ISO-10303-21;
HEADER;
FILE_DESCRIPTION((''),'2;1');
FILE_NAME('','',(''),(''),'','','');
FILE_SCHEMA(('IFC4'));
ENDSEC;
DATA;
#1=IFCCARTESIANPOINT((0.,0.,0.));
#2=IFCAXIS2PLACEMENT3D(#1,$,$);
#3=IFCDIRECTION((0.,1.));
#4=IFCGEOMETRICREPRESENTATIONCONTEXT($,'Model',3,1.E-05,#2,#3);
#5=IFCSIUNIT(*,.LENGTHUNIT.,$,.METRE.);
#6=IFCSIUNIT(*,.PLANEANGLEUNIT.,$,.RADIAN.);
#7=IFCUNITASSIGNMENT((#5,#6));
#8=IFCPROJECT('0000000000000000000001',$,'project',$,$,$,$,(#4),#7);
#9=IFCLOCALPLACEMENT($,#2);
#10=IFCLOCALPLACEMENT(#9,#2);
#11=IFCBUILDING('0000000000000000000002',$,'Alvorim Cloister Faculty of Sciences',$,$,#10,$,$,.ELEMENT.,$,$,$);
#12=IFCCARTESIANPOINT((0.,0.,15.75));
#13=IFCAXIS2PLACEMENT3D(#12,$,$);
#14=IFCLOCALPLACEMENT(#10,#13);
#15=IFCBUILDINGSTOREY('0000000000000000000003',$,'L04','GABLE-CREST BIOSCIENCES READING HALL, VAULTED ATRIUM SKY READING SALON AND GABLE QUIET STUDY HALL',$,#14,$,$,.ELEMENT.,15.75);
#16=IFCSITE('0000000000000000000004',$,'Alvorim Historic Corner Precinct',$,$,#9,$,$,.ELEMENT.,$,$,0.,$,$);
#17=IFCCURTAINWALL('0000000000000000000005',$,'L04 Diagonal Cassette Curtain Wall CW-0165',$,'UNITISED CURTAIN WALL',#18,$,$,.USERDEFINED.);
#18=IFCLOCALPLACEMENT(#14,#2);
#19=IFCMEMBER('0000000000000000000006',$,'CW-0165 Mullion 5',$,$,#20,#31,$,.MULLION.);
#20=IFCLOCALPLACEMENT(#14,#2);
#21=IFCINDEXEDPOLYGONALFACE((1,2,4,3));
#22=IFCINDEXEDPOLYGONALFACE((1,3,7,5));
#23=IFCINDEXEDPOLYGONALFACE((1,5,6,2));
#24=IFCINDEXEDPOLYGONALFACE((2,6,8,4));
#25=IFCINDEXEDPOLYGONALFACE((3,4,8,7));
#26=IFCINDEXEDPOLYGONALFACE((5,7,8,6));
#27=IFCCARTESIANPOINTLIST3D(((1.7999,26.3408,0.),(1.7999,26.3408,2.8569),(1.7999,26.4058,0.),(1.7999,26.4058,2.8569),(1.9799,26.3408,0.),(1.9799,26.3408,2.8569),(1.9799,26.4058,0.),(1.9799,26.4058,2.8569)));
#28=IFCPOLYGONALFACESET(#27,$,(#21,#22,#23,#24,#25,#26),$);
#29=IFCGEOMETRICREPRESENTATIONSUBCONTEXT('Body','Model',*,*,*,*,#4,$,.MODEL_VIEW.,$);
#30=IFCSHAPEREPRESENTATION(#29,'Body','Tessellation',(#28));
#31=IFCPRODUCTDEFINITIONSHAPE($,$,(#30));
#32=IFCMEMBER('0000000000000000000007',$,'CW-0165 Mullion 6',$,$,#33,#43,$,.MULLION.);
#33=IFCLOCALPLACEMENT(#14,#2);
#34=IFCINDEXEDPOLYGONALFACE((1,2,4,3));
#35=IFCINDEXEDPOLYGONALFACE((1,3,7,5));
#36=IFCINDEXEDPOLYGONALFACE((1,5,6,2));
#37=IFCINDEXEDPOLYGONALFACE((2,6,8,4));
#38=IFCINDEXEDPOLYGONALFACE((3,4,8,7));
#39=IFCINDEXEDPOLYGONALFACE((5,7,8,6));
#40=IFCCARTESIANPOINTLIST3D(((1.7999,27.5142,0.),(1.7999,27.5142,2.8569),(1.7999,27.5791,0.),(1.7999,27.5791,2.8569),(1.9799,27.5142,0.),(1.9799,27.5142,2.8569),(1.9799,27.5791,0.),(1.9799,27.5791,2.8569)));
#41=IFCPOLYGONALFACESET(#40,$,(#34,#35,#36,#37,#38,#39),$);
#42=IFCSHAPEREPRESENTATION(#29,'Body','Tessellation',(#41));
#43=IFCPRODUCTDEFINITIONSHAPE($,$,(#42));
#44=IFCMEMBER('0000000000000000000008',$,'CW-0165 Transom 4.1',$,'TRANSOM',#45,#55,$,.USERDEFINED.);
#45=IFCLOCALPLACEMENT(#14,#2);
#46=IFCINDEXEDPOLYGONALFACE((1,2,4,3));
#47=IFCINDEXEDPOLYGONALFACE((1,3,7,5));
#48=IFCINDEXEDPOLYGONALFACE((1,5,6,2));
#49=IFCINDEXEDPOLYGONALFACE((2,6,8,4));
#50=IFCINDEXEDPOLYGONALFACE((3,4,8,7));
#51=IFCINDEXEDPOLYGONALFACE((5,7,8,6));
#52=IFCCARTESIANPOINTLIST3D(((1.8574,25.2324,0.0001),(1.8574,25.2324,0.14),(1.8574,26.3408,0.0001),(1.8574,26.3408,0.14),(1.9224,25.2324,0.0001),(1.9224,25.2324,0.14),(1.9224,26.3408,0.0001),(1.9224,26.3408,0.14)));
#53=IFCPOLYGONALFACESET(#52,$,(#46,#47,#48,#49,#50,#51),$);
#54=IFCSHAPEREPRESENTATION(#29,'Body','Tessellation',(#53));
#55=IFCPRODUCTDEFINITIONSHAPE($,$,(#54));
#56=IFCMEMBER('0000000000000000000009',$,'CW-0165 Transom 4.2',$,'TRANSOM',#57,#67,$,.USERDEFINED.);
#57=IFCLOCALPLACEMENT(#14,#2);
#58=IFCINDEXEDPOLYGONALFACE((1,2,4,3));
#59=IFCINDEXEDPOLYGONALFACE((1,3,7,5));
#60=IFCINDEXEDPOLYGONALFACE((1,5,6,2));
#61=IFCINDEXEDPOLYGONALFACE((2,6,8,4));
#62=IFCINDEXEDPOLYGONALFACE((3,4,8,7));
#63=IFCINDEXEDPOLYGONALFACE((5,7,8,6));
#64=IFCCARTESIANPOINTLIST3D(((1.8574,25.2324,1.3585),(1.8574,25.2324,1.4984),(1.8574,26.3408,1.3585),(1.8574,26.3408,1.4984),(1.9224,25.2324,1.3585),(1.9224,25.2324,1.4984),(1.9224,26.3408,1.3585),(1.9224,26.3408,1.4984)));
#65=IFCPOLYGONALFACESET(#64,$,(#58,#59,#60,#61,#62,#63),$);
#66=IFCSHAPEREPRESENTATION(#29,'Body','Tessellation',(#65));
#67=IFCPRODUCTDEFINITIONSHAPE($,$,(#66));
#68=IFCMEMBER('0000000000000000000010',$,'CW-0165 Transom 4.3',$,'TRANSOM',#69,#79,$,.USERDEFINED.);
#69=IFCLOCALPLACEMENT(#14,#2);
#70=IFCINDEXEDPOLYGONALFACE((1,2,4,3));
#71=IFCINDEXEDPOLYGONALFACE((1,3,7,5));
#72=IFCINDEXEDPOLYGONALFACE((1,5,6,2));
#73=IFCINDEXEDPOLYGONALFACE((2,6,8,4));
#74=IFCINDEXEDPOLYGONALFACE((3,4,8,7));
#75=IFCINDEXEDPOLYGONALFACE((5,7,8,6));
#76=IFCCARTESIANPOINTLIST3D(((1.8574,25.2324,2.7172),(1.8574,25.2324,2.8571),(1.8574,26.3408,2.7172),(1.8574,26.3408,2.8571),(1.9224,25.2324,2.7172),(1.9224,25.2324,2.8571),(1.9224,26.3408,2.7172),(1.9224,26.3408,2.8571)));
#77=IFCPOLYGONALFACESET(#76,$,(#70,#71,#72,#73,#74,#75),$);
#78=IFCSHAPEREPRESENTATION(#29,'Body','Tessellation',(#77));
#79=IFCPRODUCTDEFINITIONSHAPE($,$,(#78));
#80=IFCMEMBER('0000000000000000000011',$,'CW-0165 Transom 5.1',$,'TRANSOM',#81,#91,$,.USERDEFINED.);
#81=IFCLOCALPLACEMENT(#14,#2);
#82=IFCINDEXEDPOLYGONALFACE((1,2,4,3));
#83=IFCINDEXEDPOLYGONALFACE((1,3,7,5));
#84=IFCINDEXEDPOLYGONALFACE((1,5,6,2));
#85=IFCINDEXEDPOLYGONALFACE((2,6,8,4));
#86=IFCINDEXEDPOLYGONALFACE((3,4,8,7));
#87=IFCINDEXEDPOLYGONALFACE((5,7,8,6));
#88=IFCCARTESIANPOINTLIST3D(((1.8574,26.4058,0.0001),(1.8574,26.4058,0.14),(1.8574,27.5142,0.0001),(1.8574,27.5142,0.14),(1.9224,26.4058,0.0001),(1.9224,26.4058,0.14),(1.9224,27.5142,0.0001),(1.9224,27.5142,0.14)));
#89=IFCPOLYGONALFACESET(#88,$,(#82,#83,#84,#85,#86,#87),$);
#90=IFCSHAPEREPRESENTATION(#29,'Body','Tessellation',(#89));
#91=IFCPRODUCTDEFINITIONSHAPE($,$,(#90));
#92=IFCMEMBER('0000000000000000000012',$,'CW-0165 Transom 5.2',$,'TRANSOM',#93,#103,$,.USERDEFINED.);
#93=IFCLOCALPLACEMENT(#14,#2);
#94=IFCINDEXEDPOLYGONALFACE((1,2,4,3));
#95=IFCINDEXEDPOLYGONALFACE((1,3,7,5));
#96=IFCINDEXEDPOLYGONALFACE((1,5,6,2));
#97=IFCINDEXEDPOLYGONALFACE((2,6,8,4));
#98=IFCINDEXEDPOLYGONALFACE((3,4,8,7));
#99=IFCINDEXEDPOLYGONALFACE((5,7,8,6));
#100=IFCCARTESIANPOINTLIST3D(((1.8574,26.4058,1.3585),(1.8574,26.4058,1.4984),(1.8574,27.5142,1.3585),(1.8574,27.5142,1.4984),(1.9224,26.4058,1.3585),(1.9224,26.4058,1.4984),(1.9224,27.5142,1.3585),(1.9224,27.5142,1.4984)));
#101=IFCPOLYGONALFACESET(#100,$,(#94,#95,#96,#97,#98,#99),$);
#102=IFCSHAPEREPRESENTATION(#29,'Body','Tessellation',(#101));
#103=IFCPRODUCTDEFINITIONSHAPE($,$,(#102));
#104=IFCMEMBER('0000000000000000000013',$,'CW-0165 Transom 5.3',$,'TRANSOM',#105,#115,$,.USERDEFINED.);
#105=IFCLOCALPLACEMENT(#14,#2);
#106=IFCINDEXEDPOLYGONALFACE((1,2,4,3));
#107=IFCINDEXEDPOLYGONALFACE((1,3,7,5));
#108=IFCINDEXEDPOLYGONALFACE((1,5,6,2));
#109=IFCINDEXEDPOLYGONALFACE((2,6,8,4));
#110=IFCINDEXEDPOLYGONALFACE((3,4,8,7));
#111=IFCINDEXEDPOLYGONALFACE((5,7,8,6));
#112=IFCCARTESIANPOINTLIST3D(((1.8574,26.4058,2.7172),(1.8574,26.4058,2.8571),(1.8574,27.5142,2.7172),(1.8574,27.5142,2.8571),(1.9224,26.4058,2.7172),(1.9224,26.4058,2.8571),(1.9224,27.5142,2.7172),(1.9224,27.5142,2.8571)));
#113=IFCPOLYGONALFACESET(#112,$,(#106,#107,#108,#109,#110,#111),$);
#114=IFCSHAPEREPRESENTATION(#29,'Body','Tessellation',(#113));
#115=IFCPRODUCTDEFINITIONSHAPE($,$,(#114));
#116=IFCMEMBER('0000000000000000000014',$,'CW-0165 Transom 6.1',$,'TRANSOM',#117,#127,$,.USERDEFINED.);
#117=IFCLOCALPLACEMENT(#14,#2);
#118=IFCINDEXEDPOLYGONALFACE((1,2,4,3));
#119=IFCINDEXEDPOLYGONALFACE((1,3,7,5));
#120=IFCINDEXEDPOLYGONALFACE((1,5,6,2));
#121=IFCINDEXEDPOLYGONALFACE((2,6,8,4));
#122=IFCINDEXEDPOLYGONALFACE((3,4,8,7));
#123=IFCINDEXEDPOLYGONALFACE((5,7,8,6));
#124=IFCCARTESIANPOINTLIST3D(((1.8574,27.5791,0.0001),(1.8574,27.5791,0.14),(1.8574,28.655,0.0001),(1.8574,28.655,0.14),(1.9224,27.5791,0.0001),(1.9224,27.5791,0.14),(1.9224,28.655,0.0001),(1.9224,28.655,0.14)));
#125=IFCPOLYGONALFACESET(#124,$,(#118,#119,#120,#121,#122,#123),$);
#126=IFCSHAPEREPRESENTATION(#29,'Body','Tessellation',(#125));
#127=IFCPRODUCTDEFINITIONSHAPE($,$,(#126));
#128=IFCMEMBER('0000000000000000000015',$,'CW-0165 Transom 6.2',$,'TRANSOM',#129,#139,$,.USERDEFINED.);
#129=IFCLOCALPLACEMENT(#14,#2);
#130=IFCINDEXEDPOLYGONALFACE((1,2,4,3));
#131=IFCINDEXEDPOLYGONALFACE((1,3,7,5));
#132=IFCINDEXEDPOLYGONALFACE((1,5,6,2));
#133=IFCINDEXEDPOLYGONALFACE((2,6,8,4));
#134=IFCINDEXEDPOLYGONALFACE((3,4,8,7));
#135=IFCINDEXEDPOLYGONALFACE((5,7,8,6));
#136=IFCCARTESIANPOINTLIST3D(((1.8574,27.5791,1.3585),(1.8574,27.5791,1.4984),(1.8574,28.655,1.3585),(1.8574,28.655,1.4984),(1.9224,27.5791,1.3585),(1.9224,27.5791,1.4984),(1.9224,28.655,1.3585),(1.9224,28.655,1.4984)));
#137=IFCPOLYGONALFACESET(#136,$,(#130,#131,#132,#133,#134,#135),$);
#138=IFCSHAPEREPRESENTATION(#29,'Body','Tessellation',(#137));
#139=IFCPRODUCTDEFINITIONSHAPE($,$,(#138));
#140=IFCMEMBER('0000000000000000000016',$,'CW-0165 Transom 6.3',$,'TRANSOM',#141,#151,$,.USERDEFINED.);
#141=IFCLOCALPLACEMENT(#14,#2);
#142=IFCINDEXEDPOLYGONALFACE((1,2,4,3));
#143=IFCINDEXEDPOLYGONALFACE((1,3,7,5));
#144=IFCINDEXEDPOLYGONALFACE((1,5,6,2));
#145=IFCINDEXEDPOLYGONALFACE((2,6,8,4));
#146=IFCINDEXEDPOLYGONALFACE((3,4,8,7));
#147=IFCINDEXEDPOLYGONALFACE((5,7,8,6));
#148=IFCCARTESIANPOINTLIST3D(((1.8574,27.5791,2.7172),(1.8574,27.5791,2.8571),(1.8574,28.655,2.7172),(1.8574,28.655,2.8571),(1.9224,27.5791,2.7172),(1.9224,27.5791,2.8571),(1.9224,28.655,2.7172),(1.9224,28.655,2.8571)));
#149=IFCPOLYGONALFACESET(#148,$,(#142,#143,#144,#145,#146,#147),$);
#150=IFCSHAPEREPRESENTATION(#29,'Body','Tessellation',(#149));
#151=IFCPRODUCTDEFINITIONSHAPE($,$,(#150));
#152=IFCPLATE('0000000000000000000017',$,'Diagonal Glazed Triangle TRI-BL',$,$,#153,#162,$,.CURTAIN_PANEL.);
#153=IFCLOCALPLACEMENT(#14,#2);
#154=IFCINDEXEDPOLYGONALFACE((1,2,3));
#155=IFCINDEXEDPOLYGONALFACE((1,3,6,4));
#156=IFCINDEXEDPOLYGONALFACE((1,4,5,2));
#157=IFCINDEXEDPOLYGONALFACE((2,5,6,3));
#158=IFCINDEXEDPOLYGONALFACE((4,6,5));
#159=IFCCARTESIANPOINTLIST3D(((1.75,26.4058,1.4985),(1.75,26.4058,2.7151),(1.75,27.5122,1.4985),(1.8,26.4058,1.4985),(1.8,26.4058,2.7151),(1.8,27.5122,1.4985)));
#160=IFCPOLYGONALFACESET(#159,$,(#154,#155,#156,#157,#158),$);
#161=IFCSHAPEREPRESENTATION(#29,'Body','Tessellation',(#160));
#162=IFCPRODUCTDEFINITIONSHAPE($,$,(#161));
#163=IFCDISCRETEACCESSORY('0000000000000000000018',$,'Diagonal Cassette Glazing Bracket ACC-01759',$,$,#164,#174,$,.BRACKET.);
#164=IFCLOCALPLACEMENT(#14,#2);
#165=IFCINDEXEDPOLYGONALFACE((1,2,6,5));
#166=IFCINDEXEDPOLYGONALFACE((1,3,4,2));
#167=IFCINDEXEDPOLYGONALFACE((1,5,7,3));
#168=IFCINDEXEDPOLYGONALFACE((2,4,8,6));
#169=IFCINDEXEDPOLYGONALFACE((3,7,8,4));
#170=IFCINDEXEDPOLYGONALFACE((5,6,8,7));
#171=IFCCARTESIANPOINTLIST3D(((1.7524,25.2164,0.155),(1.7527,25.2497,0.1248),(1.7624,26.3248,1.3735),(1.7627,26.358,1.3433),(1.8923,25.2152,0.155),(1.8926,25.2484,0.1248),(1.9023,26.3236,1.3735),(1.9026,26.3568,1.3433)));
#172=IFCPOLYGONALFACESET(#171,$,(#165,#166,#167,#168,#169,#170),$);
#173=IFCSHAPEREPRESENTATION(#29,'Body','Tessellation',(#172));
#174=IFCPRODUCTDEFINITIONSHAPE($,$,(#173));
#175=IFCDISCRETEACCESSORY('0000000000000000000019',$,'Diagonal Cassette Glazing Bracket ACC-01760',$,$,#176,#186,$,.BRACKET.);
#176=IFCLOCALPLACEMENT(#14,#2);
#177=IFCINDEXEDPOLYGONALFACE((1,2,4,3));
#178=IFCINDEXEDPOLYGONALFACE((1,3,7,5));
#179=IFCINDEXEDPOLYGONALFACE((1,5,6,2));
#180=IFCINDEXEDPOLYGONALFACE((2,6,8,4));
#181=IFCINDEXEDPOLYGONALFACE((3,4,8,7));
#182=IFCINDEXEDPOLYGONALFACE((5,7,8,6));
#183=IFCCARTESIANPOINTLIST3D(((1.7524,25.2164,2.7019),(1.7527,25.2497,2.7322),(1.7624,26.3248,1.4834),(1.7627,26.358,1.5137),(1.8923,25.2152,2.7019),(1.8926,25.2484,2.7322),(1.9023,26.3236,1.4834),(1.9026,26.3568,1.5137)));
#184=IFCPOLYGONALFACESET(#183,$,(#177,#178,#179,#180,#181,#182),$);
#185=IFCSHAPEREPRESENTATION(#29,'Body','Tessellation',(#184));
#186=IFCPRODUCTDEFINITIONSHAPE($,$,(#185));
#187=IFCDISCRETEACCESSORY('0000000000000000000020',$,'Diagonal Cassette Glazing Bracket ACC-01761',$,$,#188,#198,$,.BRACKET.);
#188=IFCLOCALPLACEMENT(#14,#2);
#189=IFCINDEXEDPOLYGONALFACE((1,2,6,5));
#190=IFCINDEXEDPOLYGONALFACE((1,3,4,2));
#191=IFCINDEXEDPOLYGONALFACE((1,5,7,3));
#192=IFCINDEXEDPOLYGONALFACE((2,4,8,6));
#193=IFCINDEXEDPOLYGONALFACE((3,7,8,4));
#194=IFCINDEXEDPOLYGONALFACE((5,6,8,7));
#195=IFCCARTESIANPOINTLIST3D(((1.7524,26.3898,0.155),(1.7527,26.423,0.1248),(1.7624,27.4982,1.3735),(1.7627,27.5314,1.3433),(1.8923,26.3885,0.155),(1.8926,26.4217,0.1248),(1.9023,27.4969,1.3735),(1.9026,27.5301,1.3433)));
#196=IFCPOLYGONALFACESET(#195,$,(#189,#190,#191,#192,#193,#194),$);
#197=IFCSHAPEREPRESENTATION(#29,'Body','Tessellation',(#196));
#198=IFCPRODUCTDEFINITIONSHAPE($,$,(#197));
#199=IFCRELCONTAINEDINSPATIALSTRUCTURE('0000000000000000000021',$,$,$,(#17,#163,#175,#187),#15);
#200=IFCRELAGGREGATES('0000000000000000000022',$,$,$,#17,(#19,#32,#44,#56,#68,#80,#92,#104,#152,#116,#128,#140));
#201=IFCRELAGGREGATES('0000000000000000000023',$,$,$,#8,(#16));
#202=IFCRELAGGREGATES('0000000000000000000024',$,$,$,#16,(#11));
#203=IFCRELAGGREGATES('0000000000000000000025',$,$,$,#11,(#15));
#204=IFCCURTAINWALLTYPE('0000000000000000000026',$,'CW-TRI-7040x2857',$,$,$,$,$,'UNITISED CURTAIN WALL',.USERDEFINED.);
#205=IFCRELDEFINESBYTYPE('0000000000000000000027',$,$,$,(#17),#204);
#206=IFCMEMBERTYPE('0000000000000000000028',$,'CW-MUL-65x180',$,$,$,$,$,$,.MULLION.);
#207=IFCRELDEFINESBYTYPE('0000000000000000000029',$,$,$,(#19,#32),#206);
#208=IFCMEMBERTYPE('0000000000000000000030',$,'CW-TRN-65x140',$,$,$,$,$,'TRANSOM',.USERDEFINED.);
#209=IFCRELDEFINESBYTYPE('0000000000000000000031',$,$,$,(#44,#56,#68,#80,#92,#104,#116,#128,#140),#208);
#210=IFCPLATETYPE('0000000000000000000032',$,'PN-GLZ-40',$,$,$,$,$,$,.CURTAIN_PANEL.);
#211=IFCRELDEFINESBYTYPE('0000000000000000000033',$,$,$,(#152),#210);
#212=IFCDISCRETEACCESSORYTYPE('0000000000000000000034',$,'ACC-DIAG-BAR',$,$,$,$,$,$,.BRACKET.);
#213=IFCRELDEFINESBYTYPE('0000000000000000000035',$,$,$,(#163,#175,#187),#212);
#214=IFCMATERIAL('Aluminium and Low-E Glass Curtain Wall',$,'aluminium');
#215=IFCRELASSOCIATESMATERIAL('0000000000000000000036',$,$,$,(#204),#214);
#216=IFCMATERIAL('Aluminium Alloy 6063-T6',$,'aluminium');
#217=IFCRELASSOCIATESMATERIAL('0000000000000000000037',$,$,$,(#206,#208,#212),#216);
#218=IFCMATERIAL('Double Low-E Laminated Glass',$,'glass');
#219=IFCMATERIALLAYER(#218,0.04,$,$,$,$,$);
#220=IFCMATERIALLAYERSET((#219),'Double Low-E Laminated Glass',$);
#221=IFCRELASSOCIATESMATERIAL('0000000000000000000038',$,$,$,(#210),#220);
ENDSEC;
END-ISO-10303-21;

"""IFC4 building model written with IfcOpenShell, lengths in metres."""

from ifc_helpers import new_model, si_unit, direction, frame, origin, origin_2d, place, context, subcontext, project, spatial, polyline, rectangle, outline, extrude, material, layer, layer_set, material_profile, profile_set, type_object, element, aggregate, save


model = new_model("IFC4")

# Units and contexts
model_context = context("Model", 3, precision=1e-05, world=origin(), true_north=direction((0.0, 1.0)))
body_context = subcontext(model_context, "Body", "Model", "MODEL_VIEW")
ifc_project = project(units=[si_unit("LENGTHUNIT", "METRE"), si_unit("PLANEANGLEUNIT", "RADIAN")], contexts=[model_context])

# Site, building, storey
site_placement = place(None, origin())
site = spatial("IfcSite", under=ifc_project, at=site_placement, Name="Alvorim Historic Corner Precinct", CompositionType="ELEMENT", RefElevation=0.0)
building_placement = place(site_placement, origin())
building = spatial("IfcBuilding", under=site, at=building_placement, Name="Alvorim Cloister Faculty of Sciences", CompositionType="ELEMENT")
storey_placement = place(building_placement, frame((0.0, 0.0, 15.75)))
storey = spatial("IfcBuildingStorey", under=building, at=storey_placement, Name="L04", Description="GABLE-CREST BIOSCIENCES READING HALL, VAULTED ATRIUM SKY READING SALON AND GABLE QUIET STUDY HALL", CompositionType="ELEMENT", Elevation=15.75)

# Curtain wall, members, plate
ifc_material_1 = material(Name="Aluminium and Low-E Glass Curtain Wall", Category="aluminium")
curtain_wall_type = type_object("IfcCurtainWallType", Name="CW-TRI-7040x2857", ElementType="UNITISED CURTAIN WALL", PredefinedType="USERDEFINED", material=ifc_material_1)
curtain_wall_placement = place(storey_placement, origin())
curtain_wall = element("IfcCurtainWall", 1, at=curtain_wall_placement, inside=storey, type_object=curtain_wall_type, Name="L04 Diagonal Cassette Curtain Wall CW-0165", ObjectType="UNITISED CURTAIN WALL", PredefinedType="USERDEFINED")
ifc_material_2 = material(Name="Aluminium Alloy 6063-T6", Category="aluminium")
ifc_material_profile_1 = material_profile(ifc_material_2, rectangle(XDim=0.0649, YDim=0.1799, at=origin_2d()), Name="ALU-MUL-65x180")
ifc_profile_set_1 = profile_set([ifc_material_profile_1], Name="Aluminium Alloy 6063-T6")
member_type_1 = type_object("IfcMemberType", Name="CW-MUL-65x180", PredefinedType="MULLION", material=ifc_profile_set_1)
member_1_placement = place(storey_placement, frame((1.8899, 26.3733, 0.0), z_axis=(0.0, 0.0, 1.0), x_axis=(0.0, 1.0, 0.0)))
member_1 = element("IfcMember", 2, at=member_1_placement, type_object=member_type_1, Name="CW-0165 Mullion 5", PredefinedType="MULLION", context=body_context, shape_type="SweptSolid", body=[
    extrude(rectangle(XDim=0.0649, YDim=0.1799, at=origin_2d()), origin(), (0.0, 0.0, 1.0), 2.8569),
])
member_2_placement = place(storey_placement, frame((1.8899, 27.5466, 0.0), z_axis=(0.0, 0.0, 1.0), x_axis=(0.0, 1.0, 0.0)))
member_2 = element("IfcMember", 3, at=member_2_placement, type_object=member_type_1, Name="CW-0165 Mullion 6", PredefinedType="MULLION", context=body_context, shape_type="SweptSolid", body=[
    extrude(rectangle(XDim=0.0649, YDim=0.1799, at=origin_2d()), origin(), (0.0, 0.0, 1.0), 2.8569),
])
ifc_material_profile_2 = material_profile(ifc_material_2, rectangle(XDim=0.0649, YDim=0.1399, at=origin_2d()), Name="ALU-TRN-65x140")
ifc_profile_set_2 = profile_set([ifc_material_profile_2], Name="Aluminium Alloy 6063-T6")
member_type_2 = type_object("IfcMemberType", Name="CW-TRN-65x140", ElementType="TRANSOM", PredefinedType="USERDEFINED", material=ifc_profile_set_2)
member_3_placement = place(storey_placement, frame((1.8899, 25.2324, 0.0701), z_axis=(0.0, 1.0, 0.0), x_axis=(-1.0, 0.0, 0.0)))
member_3 = element("IfcMember", 4, at=member_3_placement, type_object=member_type_2, Name="CW-0165 Transom 4.1", ObjectType="TRANSOM", PredefinedType="USERDEFINED", context=body_context, shape_type="SweptSolid", body=[
    extrude(rectangle(XDim=0.0649, YDim=0.1399, at=origin_2d()), origin(), (0.0, 0.0, 1.0), 1.1084),
])
member_4_placement = place(storey_placement, frame((1.8899, 25.2324, 1.4285), z_axis=(0.0, 1.0, 0.0), x_axis=(-1.0, 0.0, 0.0)))
member_4 = element("IfcMember", 5, at=member_4_placement, type_object=member_type_2, Name="CW-0165 Transom 4.2", ObjectType="TRANSOM", PredefinedType="USERDEFINED", context=body_context, shape_type="SweptSolid", body=[
    extrude(rectangle(XDim=0.0649, YDim=0.1399, at=origin_2d()), origin(), (0.0, 0.0, 1.0), 1.1084),
])
member_5_placement = place(storey_placement, frame((1.8899, 25.2324, 2.7871), z_axis=(0.0, 1.0, 0.0), x_axis=(-1.0, 0.0, 0.0)))
member_5 = element("IfcMember", 6, at=member_5_placement, type_object=member_type_2, Name="CW-0165 Transom 4.3", ObjectType="TRANSOM", PredefinedType="USERDEFINED", context=body_context, shape_type="SweptSolid", body=[
    extrude(rectangle(XDim=0.0649, YDim=0.1399, at=origin_2d()), origin(), (0.0, 0.0, 1.0), 1.1084),
])
member_6_placement = place(storey_placement, frame((1.8899, 26.4058, 0.0701), z_axis=(0.0, 1.0, 0.0), x_axis=(-1.0, 0.0, 0.0)))
member_6 = element("IfcMember", 7, at=member_6_placement, type_object=member_type_2, Name="CW-0165 Transom 5.1", ObjectType="TRANSOM", PredefinedType="USERDEFINED", context=body_context, shape_type="SweptSolid", body=[
    extrude(rectangle(XDim=0.0649, YDim=0.1399, at=origin_2d()), origin(), (0.0, 0.0, 1.0), 1.1084),
])
member_7_placement = place(storey_placement, frame((1.8899, 26.4058, 1.4285), z_axis=(0.0, 1.0, 0.0), x_axis=(-1.0, 0.0, 0.0)))
member_7 = element("IfcMember", 8, at=member_7_placement, type_object=member_type_2, Name="CW-0165 Transom 5.2", ObjectType="TRANSOM", PredefinedType="USERDEFINED", context=body_context, shape_type="SweptSolid", body=[
    extrude(rectangle(XDim=0.0649, YDim=0.1399, at=origin_2d()), origin(), (0.0, 0.0, 1.0), 1.1084),
])
member_8_placement = place(storey_placement, frame((1.8899, 26.4058, 2.7871), z_axis=(0.0, 1.0, 0.0), x_axis=(-1.0, 0.0, 0.0)))
member_8 = element("IfcMember", 9, at=member_8_placement, type_object=member_type_2, Name="CW-0165 Transom 5.3", ObjectType="TRANSOM", PredefinedType="USERDEFINED", context=body_context, shape_type="SweptSolid", body=[
    extrude(rectangle(XDim=0.0649, YDim=0.1399, at=origin_2d()), origin(), (0.0, 0.0, 1.0), 1.1084),
])
member_9_placement = place(storey_placement, frame((1.8899, 27.5791, 0.0701), z_axis=(0.0, 1.0, 0.0), x_axis=(-1.0, 0.0, 0.0)))
member_9 = element("IfcMember", 10, at=member_9_placement, type_object=member_type_2, Name="CW-0165 Transom 6.1", ObjectType="TRANSOM", PredefinedType="USERDEFINED", context=body_context, shape_type="SweptSolid", body=[
    extrude(rectangle(XDim=0.0649, YDim=0.1399, at=origin_2d()), origin(), (0.0, 0.0, 1.0), 1.0759),
])
member_10_placement = place(storey_placement, frame((1.8899, 27.5791, 1.4285), z_axis=(0.0, 1.0, 0.0), x_axis=(-1.0, 0.0, 0.0)))
member_10 = element("IfcMember", 11, at=member_10_placement, type_object=member_type_2, Name="CW-0165 Transom 6.2", ObjectType="TRANSOM", PredefinedType="USERDEFINED", context=body_context, shape_type="SweptSolid", body=[
    extrude(rectangle(XDim=0.0649, YDim=0.1399, at=origin_2d()), origin(), (0.0, 0.0, 1.0), 1.0759),
])
member_11_placement = place(storey_placement, frame((1.8899, 27.5791, 2.7871), z_axis=(0.0, 1.0, 0.0), x_axis=(-1.0, 0.0, 0.0)))
member_11 = element("IfcMember", 12, at=member_11_placement, type_object=member_type_2, Name="CW-0165 Transom 6.3", ObjectType="TRANSOM", PredefinedType="USERDEFINED", context=body_context, shape_type="SweptSolid", body=[
    extrude(rectangle(XDim=0.0649, YDim=0.1399, at=origin_2d()), origin(), (0.0, 0.0, 1.0), 1.0759),
])
ifc_material_3 = material(Name="Double Low-E Laminated Glass", Category="glass")
ifc_layer = layer(ifc_material_3, 0.04)
ifc_layer_set = layer_set([ifc_layer], Name="Double Low-E Laminated Glass")
plate_type = type_object("IfcPlateType", Name="PN-GLZ-40", PredefinedType="CURTAIN_PANEL", material=ifc_layer_set)
plate_1_placement = place(storey_placement, frame((1.7749, 26.4058, 1.4985), z_axis=(0.0, 0.0, 1.0), x_axis=(0.0, 1.0, 0.0)))
plate_1 = element("IfcPlate", 13, at=plate_1_placement, type_object=plate_type, Name="Diagonal Glazed Triangle TRI-BL", PredefinedType="CURTAIN_PANEL", context=body_context, shape_type="SweptSolid", body=[
    extrude(outline(polyline([(0.0, 0.0), (1.1064, 0.0), (0.0, 1.2166), (0.0, 0.0)])), frame((0.0, 0.0249, 0.0), z_axis=(0.0, -1.0, 0.0), x_axis=(1.0, 0.0, 0.0)), (0.0, 0.0, 1.0), 0.05),
])
aggregate(curtain_wall, [member_1, member_2, member_3, member_4, member_5, member_6, member_7, member_8, plate_1, member_9, member_10, member_11])

# Discrete accessories
discrete_accessory_type = type_object("IfcDiscreteAccessoryType", Name="ACC-DIAG-BAR", PredefinedType="BRACKET", material=ifc_material_2)
for number, where, z_axis, x_axis, name in (
    (14, (1.8225, 25.2324, 0.1399), (0.006077, 0.672882, 0.739725), (-0.999959, 0.00903, 0.0), "Diagonal Cassette Glazing Bracket ACC-01759"),
    (15, (1.8225, 25.2324, 2.717), (0.006077, 0.672882, -0.739725), (-0.999959, 0.00903, 0.0), "Diagonal Cassette Glazing Bracket ACC-01760"),
    (16, (1.8225, 26.4058, 0.1399), (0.006077, 0.672882, 0.739725), (-0.999959, 0.00903, 0.0), "Diagonal Cassette Glazing Bracket ACC-01761"),
):
    element("IfcDiscreteAccessory", number, at=place(storey_placement, frame(where, z_axis=z_axis, x_axis=x_axis)), inside=storey, type_object=discrete_accessory_type, Name=name, PredefinedType="BRACKET", context=body_context, shape_type="SweptSolid", body=[
        extrude(rectangle(XDim=0.1399, YDim=0.0449, at=origin_2d()), origin(), (0.0, 0.0, 1.0), 1.6472),
    ])

save(model, "model.ifc")
